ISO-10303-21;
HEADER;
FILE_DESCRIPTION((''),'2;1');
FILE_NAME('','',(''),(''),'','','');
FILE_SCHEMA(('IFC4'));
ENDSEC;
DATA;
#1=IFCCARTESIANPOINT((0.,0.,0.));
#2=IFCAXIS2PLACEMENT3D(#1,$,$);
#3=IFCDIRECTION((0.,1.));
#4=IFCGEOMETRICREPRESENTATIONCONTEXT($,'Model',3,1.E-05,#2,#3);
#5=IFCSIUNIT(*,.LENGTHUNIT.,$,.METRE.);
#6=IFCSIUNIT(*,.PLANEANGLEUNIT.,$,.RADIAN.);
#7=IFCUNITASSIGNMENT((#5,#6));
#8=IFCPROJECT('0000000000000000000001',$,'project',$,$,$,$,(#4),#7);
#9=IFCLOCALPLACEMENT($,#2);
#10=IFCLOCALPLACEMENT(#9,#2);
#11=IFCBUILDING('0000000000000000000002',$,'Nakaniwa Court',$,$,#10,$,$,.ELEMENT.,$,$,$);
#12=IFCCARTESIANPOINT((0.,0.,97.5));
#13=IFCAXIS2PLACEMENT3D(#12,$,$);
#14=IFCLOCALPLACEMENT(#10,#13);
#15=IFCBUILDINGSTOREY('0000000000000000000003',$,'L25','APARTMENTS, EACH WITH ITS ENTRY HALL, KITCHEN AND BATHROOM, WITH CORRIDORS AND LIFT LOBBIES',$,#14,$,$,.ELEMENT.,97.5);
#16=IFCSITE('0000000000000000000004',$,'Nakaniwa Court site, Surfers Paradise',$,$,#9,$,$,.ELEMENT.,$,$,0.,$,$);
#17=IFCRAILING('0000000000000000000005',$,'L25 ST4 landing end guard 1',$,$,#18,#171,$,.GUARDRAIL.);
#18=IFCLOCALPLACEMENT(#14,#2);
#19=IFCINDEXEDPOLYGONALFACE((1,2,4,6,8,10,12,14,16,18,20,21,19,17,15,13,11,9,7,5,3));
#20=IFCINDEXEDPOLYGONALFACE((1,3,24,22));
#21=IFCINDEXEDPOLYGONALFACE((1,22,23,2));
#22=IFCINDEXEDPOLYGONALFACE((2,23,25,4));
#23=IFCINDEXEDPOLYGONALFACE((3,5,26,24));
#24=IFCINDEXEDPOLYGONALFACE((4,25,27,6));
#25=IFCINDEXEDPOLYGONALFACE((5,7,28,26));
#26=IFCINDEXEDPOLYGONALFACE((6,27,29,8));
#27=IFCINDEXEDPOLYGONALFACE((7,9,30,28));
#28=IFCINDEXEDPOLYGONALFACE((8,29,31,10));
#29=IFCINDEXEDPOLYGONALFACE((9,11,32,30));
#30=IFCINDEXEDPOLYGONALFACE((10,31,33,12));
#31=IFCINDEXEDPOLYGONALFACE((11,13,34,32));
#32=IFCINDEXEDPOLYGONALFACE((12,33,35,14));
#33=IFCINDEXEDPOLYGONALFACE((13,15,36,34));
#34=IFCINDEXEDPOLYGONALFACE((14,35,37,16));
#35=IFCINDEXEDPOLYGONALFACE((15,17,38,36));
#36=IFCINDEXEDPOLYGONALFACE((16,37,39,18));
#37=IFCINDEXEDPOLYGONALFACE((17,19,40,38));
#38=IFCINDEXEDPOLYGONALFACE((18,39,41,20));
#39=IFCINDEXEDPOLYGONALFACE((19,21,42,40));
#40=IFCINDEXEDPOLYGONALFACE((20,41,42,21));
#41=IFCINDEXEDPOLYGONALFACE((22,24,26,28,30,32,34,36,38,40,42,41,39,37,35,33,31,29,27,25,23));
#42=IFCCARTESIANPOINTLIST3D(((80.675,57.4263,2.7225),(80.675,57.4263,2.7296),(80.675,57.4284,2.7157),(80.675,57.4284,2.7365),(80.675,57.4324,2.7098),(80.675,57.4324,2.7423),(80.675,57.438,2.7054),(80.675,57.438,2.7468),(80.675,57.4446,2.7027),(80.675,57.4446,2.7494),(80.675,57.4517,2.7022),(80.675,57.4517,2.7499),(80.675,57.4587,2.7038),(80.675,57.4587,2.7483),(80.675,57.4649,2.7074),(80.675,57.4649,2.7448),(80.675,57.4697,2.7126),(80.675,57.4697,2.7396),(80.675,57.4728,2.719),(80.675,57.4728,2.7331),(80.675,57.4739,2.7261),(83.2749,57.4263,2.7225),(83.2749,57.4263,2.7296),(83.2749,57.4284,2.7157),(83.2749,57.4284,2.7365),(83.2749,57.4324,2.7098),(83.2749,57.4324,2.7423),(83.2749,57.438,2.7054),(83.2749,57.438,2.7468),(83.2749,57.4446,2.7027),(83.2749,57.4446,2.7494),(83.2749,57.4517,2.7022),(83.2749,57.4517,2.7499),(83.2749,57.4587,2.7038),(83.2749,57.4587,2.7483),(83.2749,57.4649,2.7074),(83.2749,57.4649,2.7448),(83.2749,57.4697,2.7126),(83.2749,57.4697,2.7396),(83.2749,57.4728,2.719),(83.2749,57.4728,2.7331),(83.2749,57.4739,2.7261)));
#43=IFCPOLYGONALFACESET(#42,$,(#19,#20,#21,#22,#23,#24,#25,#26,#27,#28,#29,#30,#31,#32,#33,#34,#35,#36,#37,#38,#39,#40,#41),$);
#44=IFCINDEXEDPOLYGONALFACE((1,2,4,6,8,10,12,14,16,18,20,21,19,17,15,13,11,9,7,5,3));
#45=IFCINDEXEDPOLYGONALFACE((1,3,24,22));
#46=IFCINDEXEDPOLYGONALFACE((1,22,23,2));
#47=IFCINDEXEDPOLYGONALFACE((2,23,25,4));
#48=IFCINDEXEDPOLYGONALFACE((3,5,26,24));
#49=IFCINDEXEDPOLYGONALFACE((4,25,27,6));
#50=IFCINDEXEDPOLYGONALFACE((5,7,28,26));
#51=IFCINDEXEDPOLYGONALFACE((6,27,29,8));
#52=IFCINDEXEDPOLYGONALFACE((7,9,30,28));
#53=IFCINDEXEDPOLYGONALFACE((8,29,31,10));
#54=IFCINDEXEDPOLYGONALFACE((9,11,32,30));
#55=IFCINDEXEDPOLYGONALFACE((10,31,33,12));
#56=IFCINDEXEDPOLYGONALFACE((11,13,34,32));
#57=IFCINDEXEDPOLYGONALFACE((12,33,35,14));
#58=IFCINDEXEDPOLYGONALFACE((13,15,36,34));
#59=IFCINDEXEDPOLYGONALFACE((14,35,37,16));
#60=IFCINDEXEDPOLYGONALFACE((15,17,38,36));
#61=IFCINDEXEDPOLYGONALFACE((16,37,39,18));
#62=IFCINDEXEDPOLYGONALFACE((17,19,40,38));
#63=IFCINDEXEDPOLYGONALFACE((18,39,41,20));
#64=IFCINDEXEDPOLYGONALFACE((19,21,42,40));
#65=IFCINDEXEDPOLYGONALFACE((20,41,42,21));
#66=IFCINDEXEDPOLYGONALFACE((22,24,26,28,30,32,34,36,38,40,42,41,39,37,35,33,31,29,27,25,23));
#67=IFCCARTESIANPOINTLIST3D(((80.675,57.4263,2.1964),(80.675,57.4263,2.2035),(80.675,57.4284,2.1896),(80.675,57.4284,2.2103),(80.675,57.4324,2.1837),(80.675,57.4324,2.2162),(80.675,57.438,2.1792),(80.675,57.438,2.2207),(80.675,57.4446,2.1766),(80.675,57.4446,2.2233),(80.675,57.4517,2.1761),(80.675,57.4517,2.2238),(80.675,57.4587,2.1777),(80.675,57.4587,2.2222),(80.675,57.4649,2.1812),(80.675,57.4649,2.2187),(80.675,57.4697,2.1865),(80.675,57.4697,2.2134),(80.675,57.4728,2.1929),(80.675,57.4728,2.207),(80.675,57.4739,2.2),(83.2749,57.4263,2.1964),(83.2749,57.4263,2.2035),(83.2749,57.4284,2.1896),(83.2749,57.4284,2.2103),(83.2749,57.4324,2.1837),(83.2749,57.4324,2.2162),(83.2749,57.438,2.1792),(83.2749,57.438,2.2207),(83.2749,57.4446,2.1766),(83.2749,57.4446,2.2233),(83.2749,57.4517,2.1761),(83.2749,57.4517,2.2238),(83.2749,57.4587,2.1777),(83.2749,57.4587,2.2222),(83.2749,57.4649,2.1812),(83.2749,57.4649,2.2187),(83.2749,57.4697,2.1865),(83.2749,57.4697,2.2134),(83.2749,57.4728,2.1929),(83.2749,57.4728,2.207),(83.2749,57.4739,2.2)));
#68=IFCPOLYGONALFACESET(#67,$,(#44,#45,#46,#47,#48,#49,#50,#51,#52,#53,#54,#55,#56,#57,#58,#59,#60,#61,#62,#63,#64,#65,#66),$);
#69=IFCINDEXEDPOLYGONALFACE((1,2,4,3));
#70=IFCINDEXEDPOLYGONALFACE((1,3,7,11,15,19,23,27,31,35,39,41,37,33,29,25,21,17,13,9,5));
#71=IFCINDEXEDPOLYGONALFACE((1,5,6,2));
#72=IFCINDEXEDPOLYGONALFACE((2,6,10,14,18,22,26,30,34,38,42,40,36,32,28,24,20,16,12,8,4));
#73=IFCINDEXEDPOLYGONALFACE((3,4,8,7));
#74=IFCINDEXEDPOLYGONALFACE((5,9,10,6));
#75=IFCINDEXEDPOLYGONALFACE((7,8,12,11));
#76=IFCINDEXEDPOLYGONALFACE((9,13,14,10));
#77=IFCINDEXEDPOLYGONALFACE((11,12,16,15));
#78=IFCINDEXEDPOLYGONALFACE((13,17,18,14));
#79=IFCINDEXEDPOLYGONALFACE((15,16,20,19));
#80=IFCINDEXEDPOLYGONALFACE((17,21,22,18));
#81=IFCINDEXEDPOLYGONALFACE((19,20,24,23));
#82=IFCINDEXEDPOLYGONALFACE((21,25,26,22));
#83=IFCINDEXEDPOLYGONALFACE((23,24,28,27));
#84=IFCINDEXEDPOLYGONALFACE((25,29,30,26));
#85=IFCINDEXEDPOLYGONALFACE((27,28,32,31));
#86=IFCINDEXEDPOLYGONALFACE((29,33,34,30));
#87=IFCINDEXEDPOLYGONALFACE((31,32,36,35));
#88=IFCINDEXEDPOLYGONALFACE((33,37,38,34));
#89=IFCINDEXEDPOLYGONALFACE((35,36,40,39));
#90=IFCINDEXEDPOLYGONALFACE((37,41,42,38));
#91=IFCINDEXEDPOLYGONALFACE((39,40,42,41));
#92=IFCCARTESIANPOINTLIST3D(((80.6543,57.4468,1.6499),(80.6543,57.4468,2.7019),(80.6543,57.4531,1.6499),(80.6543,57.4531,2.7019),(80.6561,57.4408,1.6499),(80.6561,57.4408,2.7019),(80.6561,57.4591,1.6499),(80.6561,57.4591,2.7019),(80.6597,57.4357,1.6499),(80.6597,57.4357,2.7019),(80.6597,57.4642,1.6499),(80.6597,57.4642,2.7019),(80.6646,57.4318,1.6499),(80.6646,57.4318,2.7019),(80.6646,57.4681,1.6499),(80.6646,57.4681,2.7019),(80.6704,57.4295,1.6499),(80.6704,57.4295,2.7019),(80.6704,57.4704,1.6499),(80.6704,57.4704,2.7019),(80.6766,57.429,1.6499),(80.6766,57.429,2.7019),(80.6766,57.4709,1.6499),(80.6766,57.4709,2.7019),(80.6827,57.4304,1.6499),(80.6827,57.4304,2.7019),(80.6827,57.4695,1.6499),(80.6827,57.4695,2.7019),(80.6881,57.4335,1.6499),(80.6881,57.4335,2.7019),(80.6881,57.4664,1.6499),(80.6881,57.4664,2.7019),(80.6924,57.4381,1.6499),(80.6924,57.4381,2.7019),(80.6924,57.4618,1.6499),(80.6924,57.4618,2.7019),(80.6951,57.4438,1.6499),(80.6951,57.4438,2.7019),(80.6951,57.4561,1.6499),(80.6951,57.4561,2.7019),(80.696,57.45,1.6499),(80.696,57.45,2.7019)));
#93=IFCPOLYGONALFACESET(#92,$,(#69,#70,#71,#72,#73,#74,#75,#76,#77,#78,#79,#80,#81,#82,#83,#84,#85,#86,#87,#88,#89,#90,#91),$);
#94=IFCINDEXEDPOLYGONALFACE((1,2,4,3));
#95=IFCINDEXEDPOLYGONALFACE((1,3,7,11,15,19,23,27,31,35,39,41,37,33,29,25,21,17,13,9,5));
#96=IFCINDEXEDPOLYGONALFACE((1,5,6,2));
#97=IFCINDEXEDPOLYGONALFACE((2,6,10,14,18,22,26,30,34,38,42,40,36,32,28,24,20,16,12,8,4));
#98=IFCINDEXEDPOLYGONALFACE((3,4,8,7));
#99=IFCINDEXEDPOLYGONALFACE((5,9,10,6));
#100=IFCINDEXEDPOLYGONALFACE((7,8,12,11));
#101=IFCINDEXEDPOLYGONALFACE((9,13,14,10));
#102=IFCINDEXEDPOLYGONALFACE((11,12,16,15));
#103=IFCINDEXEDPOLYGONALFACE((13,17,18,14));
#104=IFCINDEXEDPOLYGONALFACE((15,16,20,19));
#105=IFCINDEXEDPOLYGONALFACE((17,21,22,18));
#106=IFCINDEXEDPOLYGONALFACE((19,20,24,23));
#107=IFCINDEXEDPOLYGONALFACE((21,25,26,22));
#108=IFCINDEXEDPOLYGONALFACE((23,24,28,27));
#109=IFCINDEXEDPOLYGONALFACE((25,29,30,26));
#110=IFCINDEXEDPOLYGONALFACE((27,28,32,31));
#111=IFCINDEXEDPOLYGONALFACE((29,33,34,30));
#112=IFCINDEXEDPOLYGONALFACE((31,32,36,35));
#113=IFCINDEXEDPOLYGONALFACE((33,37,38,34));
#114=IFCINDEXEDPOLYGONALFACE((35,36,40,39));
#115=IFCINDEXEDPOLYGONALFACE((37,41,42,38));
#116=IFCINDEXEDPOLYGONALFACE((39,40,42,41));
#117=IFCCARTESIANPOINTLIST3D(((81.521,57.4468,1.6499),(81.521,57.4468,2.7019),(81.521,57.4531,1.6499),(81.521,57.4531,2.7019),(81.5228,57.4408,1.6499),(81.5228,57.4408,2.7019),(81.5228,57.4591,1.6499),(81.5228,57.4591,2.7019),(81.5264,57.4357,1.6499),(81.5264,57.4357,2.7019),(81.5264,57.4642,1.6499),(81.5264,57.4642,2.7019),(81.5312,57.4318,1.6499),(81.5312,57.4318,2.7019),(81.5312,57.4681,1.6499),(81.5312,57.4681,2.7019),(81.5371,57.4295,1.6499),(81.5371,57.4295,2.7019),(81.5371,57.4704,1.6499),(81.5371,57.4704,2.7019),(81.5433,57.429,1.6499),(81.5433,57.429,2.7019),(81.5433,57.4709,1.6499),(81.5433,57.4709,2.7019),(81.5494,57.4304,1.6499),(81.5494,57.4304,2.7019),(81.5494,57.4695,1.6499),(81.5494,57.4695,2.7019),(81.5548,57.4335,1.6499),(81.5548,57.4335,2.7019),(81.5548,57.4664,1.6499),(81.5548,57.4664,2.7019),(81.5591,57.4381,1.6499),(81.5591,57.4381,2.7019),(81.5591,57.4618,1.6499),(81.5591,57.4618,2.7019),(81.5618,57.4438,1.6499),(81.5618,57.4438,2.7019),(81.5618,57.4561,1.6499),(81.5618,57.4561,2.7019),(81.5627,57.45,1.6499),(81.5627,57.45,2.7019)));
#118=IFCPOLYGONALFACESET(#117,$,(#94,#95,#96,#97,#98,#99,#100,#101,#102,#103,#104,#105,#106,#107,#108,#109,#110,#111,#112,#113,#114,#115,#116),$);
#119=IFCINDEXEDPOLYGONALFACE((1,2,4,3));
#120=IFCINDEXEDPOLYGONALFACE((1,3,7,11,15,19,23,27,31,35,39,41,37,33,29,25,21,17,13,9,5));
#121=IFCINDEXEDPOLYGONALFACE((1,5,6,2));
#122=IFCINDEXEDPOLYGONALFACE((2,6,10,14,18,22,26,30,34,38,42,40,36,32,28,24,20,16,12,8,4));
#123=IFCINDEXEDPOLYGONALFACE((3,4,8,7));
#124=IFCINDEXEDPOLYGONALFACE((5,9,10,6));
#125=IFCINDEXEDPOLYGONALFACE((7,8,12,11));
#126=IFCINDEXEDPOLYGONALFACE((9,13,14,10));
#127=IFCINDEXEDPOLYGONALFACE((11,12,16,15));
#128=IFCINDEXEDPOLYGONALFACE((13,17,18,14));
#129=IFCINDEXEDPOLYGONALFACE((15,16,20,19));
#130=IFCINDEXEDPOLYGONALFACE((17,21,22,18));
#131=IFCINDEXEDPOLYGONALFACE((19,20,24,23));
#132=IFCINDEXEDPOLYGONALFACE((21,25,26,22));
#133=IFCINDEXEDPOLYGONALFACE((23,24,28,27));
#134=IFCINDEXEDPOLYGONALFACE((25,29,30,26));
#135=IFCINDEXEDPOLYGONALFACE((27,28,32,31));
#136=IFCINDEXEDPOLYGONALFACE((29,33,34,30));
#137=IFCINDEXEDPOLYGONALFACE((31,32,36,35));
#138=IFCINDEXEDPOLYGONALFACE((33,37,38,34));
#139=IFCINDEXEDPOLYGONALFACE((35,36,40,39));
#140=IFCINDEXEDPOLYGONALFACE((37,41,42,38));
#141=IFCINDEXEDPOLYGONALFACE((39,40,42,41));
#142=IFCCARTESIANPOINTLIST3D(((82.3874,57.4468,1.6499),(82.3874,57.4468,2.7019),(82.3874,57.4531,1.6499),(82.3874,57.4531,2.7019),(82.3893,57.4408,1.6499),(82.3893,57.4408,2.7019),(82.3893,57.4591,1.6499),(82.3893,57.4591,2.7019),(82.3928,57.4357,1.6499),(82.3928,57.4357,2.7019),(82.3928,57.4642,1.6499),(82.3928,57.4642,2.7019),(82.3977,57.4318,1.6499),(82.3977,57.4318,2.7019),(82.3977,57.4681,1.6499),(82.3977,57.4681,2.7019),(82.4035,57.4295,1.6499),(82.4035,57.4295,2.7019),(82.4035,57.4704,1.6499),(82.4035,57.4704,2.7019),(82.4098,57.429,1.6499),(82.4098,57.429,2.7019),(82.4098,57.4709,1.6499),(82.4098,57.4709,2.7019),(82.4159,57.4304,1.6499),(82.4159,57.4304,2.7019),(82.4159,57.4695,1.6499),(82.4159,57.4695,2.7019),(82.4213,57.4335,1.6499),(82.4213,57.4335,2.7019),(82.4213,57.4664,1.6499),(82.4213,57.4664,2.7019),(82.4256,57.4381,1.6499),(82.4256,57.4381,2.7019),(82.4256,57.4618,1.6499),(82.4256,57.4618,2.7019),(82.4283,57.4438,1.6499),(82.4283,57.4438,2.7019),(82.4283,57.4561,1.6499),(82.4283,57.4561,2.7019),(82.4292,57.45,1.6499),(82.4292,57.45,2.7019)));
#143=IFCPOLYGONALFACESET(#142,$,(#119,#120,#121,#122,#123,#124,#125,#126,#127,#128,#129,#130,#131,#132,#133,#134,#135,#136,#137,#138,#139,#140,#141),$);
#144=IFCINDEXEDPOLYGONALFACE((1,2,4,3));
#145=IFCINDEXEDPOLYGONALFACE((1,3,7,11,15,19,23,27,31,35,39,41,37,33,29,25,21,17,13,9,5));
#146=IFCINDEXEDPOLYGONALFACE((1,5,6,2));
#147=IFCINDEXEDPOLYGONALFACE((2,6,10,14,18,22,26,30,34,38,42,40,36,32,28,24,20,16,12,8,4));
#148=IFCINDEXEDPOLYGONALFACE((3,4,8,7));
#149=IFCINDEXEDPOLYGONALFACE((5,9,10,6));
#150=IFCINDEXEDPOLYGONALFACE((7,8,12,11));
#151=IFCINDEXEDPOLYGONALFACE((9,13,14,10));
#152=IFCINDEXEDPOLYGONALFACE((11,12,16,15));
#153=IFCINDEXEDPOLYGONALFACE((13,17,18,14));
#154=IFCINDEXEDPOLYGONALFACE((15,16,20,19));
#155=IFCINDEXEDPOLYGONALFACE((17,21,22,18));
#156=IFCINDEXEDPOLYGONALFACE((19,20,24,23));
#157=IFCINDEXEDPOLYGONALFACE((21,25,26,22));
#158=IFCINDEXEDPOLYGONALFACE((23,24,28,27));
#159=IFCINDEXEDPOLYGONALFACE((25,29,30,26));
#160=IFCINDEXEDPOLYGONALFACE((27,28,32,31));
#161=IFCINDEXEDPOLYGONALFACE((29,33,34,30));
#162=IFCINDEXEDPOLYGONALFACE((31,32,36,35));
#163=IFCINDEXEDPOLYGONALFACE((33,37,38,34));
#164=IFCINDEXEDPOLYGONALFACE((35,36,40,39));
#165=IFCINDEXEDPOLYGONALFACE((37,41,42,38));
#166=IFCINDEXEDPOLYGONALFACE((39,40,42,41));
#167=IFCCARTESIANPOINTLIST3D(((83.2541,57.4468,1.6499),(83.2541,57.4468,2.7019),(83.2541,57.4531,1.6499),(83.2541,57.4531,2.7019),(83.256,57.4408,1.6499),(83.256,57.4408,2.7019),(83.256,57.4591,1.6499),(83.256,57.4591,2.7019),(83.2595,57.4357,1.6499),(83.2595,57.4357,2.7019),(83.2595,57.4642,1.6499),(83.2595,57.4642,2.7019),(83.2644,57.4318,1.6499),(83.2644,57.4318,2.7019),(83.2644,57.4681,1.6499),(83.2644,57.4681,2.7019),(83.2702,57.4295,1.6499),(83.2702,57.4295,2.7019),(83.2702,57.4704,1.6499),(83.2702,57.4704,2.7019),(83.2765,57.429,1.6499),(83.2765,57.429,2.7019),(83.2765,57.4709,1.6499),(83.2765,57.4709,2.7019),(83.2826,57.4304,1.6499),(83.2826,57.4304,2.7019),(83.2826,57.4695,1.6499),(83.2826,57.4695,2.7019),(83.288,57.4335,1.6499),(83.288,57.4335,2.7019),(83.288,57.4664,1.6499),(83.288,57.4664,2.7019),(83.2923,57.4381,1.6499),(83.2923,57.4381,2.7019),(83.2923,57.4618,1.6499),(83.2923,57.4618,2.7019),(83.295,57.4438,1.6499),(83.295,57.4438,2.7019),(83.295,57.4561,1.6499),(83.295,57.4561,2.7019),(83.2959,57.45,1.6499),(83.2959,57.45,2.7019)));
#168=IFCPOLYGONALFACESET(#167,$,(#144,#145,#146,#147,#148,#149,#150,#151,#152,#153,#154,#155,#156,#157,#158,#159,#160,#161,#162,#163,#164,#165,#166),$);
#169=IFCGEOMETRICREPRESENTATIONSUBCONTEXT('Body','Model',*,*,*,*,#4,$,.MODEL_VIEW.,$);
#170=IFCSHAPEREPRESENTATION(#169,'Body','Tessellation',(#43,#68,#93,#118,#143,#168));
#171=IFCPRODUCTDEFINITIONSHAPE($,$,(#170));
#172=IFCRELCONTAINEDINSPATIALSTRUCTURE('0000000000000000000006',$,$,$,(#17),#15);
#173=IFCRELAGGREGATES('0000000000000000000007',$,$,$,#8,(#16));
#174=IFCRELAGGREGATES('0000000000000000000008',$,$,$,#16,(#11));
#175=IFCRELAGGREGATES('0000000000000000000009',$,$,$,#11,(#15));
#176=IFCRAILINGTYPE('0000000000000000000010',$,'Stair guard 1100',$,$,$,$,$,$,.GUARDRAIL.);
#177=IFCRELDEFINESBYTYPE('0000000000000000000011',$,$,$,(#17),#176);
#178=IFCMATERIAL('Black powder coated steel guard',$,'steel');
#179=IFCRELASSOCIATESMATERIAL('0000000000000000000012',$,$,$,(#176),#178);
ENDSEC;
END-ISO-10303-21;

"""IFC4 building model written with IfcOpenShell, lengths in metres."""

from ifc_helpers import new_model, si_unit, direction, frame, origin, origin_2d, place, context, subcontext, project, spatial, circle, extrude, material, type_object, element, save


model = new_model("IFC4")

# Units and contexts
model_context = context("Model", 3, precision=1e-05, world=origin(), true_north=direction((0.0, 1.0)))
body_context = subcontext(model_context, "Body", "Model", "MODEL_VIEW")
ifc_project = project(units=[si_unit("LENGTHUNIT", "METRE"), si_unit("PLANEANGLEUNIT", "RADIAN")], contexts=[model_context])

# Site, building, storey
site_placement = place(None, origin())
site = spatial("IfcSite", under=ifc_project, at=site_placement, Name="Nakaniwa Court site, Surfers Paradise", CompositionType="ELEMENT", RefElevation=0.0)
building_placement = place(site_placement, origin())
building = spatial("IfcBuilding", under=site, at=building_placement, Name="Nakaniwa Court", CompositionType="ELEMENT")
storey_placement = place(building_placement, frame((0.0, 0.0, 97.5)))
storey = spatial("IfcBuildingStorey", under=building, at=storey_placement, Name="L25", Description="APARTMENTS, EACH WITH ITS ENTRY HALL, KITCHEN AND BATHROOM, WITH CORRIDORS AND LIFT LOBBIES", CompositionType="ELEMENT", Elevation=97.5)

# Railing
ifc_material_1 = material(Name="Black powder coated steel guard", Category="steel")
railing_type_1 = type_object("IfcRailingType", Name="Stair guard 1100", PredefinedType="GUARDRAIL", material=ifc_material_1)
railing_1_placement = place(storey_placement, frame((80.675, 57.45, 1.6499)))
element("IfcRailing", 1, at=railing_1_placement, inside=storey, type_object=railing_type_1, Name="L25 ST4 landing end guard 1", PredefinedType="GUARDRAIL", context=body_context, shape_type="SweptSolid", body=[
    extrude(circle(Radius=0.0239, at=origin_2d()), frame((0.0, 0.0, 1.0762), z_axis=(1.0, 0.0, 0.0), x_axis=(0.0, 1.0, 0.0)), (0.0, 0.0, 1.0), 2.5999),
    extrude(circle(Radius=0.0239, at=origin_2d()), frame((0.0, 0.0, 0.55), z_axis=(1.0, 0.0, 0.0), x_axis=(0.0, 1.0, 0.0)), (0.0, 0.0, 1.0), 2.5999),
    extrude(circle(Radius=0.021, at=origin_2d()), origin(), (0.0, 0.0, 1.0), 1.052),
    extrude(circle(Radius=0.021, at=origin_2d()), frame((0.8667, 0.0, 0.0)), (0.0, 0.0, 1.0), 1.052),
    extrude(circle(Radius=0.021, at=origin_2d()), frame((1.7332, 0.0, 0.0)), (0.0, 0.0, 1.0), 1.052),
    extrude(circle(Radius=0.021, at=origin_2d()), frame((2.5999, 0.0, 0.0)), (0.0, 0.0, 1.0), 1.052),
])

save(model, "model.ifc")
